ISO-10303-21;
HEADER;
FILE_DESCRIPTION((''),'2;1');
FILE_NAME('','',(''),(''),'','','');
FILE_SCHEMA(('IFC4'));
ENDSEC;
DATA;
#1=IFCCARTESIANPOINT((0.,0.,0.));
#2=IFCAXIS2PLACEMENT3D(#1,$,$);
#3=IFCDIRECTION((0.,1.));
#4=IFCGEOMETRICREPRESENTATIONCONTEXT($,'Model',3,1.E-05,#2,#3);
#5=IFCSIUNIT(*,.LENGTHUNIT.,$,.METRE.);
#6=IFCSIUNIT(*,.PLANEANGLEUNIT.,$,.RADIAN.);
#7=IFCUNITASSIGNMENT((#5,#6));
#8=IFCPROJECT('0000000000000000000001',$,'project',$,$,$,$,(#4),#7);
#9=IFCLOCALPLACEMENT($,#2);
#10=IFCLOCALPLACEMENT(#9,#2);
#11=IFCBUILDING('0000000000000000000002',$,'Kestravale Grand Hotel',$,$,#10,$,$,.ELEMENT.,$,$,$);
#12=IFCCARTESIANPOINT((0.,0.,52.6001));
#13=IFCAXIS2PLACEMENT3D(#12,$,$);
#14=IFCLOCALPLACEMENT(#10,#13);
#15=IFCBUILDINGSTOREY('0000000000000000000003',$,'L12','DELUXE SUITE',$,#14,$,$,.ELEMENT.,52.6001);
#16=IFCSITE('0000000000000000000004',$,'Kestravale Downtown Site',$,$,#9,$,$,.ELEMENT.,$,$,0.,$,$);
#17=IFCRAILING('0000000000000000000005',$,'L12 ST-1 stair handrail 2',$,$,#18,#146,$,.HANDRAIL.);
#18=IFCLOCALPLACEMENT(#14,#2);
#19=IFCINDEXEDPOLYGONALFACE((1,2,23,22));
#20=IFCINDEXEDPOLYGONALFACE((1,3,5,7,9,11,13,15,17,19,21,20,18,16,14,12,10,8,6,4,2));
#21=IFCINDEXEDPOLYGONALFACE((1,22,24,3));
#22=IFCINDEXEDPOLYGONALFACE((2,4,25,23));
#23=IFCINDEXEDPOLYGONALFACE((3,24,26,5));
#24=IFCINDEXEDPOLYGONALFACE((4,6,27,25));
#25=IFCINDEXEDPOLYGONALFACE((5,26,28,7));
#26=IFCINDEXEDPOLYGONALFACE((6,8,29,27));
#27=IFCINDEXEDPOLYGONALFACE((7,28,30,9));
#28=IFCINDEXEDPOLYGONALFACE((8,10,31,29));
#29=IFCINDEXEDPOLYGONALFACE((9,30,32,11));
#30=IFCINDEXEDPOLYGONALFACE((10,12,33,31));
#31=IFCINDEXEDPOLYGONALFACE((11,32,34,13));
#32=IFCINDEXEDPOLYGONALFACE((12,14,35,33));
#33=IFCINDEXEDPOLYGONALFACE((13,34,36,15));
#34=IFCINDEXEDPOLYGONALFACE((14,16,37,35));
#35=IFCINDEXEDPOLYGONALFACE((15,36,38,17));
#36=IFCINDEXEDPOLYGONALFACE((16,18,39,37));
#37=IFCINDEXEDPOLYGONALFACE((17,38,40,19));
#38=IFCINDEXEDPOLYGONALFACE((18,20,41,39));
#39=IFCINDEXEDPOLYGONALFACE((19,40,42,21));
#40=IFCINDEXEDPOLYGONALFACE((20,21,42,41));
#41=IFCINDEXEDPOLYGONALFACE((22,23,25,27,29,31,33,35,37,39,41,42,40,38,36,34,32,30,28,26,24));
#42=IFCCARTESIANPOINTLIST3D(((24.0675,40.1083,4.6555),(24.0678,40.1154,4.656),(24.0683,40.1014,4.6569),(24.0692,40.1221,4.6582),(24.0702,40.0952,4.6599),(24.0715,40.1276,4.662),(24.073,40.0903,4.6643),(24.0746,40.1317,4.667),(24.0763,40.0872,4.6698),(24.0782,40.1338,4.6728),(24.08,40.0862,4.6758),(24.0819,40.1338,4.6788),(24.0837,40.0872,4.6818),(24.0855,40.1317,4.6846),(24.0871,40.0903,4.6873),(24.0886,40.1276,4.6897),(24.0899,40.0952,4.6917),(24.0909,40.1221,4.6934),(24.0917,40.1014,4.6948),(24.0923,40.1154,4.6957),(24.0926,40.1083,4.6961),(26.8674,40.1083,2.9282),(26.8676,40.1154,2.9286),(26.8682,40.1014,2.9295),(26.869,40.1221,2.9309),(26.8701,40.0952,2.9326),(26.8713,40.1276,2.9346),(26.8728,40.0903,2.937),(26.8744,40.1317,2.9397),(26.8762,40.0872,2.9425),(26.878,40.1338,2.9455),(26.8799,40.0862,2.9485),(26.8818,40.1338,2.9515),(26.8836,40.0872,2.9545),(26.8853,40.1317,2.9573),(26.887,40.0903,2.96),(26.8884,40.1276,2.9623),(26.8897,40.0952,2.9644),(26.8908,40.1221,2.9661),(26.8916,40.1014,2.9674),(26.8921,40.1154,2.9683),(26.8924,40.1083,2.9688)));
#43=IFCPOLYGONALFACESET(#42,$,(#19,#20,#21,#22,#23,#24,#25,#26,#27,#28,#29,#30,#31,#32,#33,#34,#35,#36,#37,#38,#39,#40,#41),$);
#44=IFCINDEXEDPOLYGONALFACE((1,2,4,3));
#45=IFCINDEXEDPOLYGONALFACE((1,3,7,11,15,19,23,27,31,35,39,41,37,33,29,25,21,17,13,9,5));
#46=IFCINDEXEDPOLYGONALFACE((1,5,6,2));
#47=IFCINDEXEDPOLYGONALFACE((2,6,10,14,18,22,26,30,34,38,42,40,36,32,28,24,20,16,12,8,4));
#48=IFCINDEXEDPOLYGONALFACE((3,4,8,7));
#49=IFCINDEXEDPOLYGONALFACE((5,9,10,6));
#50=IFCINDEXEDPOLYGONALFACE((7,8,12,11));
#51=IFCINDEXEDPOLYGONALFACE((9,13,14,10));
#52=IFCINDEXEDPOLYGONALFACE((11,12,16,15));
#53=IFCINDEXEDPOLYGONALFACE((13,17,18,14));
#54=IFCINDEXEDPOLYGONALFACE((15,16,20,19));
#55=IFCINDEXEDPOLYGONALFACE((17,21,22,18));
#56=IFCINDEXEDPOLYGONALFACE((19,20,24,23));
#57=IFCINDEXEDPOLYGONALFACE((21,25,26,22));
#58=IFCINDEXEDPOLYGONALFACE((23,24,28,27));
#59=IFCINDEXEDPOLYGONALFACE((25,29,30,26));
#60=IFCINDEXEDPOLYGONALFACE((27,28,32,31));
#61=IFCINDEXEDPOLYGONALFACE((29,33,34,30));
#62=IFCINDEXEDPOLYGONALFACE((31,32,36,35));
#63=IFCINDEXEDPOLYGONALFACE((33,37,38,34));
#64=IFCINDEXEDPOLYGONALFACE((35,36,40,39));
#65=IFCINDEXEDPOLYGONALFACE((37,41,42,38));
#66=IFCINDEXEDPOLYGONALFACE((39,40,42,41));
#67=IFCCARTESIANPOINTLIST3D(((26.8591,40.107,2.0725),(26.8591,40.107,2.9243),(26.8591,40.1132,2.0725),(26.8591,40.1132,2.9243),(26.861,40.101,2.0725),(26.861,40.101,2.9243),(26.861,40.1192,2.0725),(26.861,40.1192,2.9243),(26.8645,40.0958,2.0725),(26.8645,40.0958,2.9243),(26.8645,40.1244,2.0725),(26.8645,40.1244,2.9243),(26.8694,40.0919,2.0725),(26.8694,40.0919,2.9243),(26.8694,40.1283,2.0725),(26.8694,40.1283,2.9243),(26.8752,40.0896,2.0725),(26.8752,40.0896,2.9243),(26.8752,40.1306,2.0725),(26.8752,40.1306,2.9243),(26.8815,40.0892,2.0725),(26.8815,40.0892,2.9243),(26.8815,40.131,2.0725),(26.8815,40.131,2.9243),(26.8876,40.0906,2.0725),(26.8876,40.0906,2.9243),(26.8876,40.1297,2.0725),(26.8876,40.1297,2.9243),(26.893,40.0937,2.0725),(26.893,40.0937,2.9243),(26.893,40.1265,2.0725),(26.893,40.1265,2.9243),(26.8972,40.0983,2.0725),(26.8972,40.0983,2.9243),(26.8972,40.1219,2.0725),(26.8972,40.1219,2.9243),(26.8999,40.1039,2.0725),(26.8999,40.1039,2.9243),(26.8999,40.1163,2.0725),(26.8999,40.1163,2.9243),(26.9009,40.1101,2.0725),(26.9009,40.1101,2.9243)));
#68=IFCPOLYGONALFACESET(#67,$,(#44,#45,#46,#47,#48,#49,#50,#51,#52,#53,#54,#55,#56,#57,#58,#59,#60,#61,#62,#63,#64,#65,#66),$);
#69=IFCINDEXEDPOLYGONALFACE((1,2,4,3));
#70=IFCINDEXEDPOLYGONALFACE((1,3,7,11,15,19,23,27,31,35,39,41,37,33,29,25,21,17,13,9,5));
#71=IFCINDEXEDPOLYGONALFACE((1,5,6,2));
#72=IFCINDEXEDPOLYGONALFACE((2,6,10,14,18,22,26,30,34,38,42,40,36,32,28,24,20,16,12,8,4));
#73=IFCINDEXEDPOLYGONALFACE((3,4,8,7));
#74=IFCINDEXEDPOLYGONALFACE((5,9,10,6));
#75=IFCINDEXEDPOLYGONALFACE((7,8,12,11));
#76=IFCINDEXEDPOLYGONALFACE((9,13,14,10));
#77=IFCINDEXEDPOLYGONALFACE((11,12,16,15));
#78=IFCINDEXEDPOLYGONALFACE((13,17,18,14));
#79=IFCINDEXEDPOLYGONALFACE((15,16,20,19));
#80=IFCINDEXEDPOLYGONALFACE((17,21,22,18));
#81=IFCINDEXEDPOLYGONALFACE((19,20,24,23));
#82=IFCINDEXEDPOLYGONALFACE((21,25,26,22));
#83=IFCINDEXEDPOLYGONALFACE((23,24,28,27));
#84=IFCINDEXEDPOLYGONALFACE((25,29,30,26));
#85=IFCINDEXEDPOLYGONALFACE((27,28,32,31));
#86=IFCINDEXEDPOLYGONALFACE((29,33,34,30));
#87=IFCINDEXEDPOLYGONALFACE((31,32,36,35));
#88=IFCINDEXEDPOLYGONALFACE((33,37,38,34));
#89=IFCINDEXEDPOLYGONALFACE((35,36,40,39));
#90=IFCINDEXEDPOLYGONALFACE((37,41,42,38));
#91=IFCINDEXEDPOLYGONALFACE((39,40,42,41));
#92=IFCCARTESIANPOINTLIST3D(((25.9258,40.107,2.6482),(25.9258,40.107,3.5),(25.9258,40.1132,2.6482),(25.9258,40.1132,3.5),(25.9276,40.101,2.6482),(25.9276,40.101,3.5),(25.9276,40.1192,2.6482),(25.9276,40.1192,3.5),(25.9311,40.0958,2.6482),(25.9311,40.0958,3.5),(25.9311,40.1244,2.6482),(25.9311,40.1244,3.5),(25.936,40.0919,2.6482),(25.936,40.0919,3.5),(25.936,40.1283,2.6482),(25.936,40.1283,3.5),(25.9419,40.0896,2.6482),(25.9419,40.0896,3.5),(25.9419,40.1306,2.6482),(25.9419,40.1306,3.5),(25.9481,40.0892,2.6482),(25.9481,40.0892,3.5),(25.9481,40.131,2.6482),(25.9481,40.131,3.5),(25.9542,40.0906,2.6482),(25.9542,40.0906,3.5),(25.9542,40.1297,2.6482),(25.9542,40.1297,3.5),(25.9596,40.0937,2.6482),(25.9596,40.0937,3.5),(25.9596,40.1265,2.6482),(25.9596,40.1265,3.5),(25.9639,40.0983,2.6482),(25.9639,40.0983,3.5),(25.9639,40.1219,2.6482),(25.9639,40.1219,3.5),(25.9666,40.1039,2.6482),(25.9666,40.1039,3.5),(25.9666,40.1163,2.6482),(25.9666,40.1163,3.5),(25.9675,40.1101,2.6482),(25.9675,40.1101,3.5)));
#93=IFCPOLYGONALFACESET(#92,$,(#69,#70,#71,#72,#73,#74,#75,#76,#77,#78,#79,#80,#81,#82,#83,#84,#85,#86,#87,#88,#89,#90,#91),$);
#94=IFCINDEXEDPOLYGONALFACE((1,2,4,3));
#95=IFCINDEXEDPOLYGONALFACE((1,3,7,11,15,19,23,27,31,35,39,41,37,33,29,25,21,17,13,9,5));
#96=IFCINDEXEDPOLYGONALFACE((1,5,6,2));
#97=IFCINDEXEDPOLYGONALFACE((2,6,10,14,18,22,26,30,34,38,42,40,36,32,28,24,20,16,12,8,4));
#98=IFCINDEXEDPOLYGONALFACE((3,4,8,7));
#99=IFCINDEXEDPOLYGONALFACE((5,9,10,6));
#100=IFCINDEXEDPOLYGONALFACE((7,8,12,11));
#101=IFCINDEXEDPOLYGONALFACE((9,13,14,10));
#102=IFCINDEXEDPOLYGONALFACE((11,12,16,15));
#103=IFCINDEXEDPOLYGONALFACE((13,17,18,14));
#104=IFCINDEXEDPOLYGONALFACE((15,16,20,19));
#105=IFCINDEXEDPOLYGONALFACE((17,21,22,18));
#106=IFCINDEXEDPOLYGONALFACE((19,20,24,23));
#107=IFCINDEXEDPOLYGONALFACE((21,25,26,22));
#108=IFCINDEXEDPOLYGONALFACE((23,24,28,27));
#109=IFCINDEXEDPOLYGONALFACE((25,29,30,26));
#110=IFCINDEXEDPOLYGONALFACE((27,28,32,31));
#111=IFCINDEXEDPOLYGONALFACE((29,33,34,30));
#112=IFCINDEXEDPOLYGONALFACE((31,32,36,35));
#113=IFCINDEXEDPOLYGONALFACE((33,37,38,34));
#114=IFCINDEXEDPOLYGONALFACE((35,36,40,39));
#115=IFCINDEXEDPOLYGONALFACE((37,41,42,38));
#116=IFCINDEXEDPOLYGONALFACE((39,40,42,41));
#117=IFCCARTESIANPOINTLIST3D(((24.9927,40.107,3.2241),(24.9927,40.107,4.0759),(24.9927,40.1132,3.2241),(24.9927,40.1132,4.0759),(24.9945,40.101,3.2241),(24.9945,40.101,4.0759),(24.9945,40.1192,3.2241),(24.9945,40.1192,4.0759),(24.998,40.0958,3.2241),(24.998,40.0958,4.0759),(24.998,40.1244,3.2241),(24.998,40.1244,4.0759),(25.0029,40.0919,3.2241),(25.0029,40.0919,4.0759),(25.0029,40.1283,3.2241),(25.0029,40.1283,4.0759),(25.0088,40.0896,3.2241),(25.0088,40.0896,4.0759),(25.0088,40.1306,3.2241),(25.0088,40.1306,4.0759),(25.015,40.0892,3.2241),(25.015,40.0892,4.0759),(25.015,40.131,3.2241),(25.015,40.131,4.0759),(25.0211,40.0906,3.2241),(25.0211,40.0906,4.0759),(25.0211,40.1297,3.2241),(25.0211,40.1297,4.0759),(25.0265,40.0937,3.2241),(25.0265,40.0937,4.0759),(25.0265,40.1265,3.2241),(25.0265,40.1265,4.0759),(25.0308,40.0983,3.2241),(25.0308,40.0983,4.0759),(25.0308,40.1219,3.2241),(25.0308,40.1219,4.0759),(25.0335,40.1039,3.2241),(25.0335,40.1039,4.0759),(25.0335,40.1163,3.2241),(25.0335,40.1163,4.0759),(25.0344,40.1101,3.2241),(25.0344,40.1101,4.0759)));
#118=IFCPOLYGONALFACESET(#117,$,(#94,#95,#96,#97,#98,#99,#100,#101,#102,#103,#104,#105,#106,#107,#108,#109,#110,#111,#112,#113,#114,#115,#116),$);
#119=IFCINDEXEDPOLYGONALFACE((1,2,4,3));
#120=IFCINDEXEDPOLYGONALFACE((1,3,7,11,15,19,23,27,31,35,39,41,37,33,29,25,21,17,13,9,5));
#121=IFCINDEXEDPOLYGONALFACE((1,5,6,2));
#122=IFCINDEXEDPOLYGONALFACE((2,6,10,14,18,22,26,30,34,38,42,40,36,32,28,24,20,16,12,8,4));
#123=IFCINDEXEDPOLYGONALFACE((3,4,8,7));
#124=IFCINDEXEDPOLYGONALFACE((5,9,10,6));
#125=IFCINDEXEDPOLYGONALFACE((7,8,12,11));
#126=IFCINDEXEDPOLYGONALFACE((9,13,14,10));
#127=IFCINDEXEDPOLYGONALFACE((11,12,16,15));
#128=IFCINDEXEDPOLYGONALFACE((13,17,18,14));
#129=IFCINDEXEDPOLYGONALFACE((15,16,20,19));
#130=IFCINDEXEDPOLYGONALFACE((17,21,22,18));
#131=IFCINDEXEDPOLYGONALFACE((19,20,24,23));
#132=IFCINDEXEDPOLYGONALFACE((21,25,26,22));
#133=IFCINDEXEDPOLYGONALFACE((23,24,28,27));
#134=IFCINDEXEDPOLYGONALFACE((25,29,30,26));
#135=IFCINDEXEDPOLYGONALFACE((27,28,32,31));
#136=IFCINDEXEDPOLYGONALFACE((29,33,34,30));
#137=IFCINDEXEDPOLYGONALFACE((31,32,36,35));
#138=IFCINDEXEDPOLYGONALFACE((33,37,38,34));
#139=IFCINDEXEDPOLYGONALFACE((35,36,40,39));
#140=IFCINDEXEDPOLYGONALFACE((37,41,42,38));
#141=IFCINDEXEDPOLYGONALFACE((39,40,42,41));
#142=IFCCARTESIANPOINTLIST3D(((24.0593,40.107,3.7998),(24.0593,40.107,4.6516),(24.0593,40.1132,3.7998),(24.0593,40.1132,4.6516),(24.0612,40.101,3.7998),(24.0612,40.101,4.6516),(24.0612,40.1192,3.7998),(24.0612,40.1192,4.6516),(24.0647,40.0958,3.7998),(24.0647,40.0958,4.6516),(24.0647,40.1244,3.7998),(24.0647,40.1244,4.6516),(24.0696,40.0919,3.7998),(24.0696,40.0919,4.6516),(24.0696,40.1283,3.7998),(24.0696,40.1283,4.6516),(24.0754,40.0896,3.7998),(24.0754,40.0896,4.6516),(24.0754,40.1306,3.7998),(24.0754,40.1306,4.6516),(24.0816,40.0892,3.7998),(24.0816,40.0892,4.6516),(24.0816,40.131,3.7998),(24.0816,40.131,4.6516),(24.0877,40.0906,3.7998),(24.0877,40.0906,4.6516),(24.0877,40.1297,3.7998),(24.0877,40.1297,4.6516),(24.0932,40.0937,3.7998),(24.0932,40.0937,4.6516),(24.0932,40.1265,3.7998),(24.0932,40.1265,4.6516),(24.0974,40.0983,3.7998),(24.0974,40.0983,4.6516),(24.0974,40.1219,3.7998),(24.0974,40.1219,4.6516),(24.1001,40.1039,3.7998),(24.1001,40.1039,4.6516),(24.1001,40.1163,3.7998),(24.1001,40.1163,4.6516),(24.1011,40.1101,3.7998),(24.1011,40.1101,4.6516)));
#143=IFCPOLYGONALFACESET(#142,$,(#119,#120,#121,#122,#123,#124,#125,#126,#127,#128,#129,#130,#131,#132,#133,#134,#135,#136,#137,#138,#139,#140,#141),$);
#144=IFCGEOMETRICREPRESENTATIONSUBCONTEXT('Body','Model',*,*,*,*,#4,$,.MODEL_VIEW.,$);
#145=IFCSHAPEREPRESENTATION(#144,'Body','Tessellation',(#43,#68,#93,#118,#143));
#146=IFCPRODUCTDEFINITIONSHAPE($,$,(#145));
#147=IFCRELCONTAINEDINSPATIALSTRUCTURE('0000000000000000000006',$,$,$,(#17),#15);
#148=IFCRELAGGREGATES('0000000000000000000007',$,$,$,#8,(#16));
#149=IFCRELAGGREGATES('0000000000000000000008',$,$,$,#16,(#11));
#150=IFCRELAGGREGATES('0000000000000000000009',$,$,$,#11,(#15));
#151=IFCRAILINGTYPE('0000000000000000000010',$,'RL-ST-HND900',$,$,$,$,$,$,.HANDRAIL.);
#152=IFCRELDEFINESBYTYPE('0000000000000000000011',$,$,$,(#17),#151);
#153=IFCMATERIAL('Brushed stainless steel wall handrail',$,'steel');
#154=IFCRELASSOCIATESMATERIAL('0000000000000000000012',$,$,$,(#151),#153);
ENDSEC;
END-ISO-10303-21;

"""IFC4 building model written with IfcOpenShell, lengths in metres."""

from ifc_helpers import new_model, si_unit, direction, frame, origin, origin_2d, place, context, subcontext, project, spatial, circle, extrude, material, type_object, element, save


model = new_model("IFC4")

# Units and contexts
model_context = context("Model", 3, precision=1e-05, world=origin(), true_north=direction((0.0, 1.0)))
body_context = subcontext(model_context, "Body", "Model", "MODEL_VIEW")
ifc_project = project(units=[si_unit("LENGTHUNIT", "METRE"), si_unit("PLANEANGLEUNIT", "RADIAN")], contexts=[model_context])

# Site, building, storey
site_placement = place(None, origin())
site = spatial("IfcSite", under=ifc_project, at=site_placement, Name="Kestravale Downtown Site", CompositionType="ELEMENT", RefElevation=0.0)
building_placement = place(site_placement, origin())
building = spatial("IfcBuilding", under=site, at=building_placement, Name="Kestravale Grand Hotel", CompositionType="ELEMENT")
storey_placement = place(building_placement, frame((0.0, 0.0, 52.6001)))
storey = spatial("IfcBuildingStorey", under=building, at=storey_placement, Name="L12", Description="DELUXE SUITE", CompositionType="ELEMENT", Elevation=52.6001)

# Railing
ifc_material_1 = material(Name="Brushed stainless steel wall handrail", Category="steel")
railing_type_1 = type_object("IfcRailingType", Name="RL-ST-HND900", PredefinedType="HANDRAIL", material=ifc_material_1)
railing_1_placement = place(storey_placement, frame((26.8799, 40.1101, 2.0725)))
element("IfcRailing", 1, at=railing_1_placement, inside=storey, type_object=railing_type_1, Name="L12 ST-1 stair handrail 2", PredefinedType="HANDRAIL", context=body_context, shape_type="SweptSolid", body=[
    extrude(circle(Radius=0.0239, at=origin_2d()), frame((0.0, 0.0, 0.876), z_axis=(-0.851069, 0.0, 0.525054), x_axis=(0.0, -1.0, 0.0)), (0.0, 0.0, 1.0), 3.2898),
    extrude(circle(Radius=0.021, at=origin_2d()), origin(), (0.0, 0.0, 1.0), 0.8518),
    extrude(circle(Radius=0.021, at=origin_2d()), frame((-0.9333, 0.0, 0.5757)), (0.0, 0.0, 1.0), 0.8518),
    extrude(circle(Radius=0.021, at=origin_2d()), frame((-1.8665, 0.0, 1.1516)), (0.0, 0.0, 1.0), 0.8518),
    extrude(circle(Radius=0.021, at=origin_2d()), frame((-2.7998, 0.0, 1.7273)), (0.0, 0.0, 1.0), 0.8518),
])

save(model, "model.ifc")
